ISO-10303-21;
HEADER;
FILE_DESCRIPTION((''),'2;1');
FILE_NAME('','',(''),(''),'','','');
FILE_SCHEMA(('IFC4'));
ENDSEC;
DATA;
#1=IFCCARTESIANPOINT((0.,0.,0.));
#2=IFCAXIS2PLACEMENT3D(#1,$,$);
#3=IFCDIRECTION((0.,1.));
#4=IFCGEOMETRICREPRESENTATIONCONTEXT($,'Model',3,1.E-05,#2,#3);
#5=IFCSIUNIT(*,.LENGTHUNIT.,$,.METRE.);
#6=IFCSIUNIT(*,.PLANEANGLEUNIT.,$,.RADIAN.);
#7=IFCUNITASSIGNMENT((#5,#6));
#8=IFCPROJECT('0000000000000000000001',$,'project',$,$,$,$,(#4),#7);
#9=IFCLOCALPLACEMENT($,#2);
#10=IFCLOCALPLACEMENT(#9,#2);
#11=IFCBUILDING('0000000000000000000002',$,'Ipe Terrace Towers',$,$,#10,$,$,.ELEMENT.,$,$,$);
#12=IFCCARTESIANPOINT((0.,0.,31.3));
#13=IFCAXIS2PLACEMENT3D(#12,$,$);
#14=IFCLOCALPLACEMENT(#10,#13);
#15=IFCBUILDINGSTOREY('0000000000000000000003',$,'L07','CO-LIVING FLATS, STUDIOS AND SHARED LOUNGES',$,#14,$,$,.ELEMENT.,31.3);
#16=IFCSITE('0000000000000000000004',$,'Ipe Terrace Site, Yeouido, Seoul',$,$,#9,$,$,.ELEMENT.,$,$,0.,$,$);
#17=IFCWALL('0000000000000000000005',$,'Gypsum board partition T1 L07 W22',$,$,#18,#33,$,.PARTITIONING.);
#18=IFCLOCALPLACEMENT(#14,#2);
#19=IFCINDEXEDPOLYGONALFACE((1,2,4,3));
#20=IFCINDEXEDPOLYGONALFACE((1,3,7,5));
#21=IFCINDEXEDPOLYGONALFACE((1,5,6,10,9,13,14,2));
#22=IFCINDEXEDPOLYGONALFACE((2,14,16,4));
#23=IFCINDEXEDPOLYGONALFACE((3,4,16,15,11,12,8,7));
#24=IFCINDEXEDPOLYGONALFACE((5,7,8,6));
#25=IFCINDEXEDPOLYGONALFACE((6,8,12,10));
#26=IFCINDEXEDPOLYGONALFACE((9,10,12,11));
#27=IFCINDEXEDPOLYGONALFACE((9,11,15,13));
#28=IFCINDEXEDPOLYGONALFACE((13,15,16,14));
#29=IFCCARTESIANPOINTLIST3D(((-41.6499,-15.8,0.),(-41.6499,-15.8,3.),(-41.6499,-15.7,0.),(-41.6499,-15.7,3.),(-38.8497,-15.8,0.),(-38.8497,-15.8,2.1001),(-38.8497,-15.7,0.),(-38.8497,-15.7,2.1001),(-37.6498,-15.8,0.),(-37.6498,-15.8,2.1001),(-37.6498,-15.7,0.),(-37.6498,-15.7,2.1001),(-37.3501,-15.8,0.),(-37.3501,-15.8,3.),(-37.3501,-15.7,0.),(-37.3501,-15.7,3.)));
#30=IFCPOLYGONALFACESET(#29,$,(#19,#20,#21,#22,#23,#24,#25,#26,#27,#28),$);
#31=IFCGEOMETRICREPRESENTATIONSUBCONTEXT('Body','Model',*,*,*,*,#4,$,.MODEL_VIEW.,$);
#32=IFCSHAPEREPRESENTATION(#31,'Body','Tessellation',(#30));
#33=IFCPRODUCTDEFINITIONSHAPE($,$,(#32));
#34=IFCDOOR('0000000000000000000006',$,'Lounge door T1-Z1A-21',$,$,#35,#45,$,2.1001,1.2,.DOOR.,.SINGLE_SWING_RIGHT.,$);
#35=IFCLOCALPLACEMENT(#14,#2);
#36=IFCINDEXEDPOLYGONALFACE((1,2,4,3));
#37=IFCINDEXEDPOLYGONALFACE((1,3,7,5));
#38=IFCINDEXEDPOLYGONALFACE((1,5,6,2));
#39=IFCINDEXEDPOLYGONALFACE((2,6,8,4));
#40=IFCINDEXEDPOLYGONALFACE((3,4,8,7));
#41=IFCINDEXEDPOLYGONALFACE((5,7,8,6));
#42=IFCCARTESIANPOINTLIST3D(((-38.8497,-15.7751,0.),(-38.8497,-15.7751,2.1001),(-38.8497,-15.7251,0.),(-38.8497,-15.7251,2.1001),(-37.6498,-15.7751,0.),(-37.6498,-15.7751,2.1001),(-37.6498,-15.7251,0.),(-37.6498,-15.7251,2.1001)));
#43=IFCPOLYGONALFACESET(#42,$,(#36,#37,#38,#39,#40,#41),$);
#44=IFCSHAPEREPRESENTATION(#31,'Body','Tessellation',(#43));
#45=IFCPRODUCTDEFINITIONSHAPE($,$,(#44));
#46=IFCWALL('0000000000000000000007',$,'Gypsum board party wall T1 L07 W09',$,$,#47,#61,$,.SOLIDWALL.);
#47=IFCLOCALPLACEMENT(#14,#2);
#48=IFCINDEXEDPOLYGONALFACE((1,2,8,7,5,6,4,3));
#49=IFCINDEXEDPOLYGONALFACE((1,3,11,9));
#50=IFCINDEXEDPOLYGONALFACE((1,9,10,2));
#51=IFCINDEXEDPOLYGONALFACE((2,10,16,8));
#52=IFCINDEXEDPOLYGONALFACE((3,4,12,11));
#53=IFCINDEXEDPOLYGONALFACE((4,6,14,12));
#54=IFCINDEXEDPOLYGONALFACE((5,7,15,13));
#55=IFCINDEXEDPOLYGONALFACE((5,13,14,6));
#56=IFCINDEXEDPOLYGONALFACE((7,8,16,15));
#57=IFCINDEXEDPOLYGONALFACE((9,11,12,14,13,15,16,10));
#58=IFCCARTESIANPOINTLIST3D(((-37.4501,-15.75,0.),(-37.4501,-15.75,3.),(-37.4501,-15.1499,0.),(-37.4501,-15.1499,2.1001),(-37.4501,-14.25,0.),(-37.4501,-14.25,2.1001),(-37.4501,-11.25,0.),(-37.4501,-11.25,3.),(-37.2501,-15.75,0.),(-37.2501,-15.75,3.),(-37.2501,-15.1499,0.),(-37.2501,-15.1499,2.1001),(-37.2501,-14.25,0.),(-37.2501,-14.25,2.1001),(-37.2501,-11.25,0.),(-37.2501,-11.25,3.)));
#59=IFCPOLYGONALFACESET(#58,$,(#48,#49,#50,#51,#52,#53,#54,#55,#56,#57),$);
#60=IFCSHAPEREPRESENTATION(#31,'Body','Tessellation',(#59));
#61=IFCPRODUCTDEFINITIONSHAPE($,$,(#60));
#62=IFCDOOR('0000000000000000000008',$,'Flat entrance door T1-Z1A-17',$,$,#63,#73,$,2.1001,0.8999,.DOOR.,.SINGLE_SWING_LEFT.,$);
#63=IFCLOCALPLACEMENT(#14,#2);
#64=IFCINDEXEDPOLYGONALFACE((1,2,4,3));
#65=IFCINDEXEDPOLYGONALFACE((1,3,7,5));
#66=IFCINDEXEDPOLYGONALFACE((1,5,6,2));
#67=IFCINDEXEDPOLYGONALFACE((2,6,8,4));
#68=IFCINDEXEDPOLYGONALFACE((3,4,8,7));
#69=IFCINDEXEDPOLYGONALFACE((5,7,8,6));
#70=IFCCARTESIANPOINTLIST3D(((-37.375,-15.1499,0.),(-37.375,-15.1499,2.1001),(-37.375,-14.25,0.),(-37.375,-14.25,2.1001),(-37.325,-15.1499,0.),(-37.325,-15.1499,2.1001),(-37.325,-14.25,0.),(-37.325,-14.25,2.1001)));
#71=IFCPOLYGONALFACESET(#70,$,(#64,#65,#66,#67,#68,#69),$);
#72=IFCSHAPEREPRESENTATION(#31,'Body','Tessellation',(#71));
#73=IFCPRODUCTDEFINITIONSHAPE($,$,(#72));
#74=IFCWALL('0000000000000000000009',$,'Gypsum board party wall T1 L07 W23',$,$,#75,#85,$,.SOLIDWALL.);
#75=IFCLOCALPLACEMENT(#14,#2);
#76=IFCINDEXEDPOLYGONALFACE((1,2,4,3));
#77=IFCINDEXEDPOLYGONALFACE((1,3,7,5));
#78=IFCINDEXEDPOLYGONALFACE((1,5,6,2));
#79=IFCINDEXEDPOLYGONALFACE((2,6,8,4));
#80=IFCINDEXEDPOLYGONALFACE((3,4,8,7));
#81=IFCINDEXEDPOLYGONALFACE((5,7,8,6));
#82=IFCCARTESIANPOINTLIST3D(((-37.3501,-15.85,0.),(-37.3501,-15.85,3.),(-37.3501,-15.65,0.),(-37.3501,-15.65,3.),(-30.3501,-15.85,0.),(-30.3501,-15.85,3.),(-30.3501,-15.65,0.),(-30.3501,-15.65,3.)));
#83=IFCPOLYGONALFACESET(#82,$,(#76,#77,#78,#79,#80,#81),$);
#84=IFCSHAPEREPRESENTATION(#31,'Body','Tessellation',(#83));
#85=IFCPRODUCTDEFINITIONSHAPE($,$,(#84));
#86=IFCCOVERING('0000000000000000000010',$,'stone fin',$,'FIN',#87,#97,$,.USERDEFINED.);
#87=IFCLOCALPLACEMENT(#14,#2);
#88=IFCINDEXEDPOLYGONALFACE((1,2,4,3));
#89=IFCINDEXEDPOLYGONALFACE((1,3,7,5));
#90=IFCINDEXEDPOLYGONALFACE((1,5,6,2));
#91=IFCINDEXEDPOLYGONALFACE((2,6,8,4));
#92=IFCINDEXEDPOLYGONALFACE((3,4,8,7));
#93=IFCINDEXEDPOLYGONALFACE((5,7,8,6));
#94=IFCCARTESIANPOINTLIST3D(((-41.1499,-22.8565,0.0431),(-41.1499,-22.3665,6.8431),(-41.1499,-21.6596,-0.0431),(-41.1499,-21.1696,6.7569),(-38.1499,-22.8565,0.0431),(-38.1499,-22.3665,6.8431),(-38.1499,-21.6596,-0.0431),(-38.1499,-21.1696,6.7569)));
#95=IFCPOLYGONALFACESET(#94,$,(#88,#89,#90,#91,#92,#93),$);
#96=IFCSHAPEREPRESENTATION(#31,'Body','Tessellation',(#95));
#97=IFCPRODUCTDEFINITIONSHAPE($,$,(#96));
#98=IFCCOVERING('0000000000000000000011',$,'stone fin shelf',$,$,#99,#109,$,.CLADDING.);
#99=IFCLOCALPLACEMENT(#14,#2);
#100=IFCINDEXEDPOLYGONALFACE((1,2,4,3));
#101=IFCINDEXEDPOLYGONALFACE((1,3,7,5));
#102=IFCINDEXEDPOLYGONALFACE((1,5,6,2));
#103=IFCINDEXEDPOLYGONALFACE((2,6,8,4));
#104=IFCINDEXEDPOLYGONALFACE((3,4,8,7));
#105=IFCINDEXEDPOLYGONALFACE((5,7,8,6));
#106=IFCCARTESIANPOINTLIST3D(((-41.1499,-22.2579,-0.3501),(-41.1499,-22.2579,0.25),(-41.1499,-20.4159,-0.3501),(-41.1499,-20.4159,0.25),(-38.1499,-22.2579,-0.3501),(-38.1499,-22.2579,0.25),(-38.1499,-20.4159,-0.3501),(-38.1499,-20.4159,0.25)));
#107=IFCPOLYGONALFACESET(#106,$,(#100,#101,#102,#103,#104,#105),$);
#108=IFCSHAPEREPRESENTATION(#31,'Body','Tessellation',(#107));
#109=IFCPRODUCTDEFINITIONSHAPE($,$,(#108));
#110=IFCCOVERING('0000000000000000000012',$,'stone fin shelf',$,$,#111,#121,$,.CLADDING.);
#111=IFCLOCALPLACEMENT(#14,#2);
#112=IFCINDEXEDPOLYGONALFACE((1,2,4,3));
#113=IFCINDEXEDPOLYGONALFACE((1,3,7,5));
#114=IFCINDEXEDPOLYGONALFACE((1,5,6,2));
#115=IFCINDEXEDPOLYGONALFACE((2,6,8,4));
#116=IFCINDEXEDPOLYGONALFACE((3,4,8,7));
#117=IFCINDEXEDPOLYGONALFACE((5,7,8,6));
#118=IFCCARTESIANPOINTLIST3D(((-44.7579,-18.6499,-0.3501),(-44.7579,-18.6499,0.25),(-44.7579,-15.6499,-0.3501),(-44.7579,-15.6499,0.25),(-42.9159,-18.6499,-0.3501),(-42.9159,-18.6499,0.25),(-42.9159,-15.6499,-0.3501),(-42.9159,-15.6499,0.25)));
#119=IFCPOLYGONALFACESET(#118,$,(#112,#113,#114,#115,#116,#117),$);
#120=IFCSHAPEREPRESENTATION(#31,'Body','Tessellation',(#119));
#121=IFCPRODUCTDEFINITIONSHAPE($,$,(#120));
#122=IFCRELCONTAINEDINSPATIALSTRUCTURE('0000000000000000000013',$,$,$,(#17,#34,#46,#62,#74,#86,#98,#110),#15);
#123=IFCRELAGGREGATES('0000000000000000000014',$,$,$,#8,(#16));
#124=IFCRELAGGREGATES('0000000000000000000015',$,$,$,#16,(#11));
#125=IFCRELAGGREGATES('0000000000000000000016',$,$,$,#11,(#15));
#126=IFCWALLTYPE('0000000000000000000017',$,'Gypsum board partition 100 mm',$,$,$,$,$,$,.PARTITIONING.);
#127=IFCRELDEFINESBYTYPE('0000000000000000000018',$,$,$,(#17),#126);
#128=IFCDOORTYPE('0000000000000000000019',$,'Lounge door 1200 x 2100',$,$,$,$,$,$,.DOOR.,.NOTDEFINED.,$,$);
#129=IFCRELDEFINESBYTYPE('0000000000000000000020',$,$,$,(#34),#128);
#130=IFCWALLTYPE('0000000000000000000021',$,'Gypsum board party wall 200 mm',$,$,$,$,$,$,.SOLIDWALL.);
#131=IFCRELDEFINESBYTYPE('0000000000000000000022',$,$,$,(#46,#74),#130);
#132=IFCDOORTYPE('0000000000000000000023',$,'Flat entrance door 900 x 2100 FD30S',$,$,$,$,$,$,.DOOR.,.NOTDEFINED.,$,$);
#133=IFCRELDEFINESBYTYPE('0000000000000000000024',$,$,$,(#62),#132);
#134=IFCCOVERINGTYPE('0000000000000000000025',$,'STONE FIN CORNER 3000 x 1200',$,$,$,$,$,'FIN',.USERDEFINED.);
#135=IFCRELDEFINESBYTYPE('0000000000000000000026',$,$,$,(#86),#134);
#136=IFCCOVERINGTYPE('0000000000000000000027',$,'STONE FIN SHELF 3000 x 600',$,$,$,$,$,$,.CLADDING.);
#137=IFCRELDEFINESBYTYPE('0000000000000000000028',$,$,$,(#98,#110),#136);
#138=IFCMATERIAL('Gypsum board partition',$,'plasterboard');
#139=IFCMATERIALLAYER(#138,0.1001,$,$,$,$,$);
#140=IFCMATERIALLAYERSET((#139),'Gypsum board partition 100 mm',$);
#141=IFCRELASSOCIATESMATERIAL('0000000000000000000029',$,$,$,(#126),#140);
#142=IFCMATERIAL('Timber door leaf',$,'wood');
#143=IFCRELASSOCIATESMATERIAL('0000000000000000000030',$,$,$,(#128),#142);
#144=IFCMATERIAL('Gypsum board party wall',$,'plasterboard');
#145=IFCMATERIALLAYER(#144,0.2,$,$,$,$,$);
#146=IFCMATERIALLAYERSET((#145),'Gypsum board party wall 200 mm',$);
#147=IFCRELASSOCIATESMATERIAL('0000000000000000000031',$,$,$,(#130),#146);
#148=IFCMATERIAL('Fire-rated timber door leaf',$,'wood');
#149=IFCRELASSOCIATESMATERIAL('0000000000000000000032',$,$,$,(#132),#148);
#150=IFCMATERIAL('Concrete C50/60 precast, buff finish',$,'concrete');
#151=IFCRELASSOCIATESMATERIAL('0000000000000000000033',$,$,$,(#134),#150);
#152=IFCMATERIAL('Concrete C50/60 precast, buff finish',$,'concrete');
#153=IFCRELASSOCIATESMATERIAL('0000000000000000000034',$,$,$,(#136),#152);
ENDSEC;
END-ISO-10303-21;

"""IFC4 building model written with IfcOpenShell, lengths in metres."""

from ifc_helpers import new_model, si_unit, direction, frame, frame_2d, origin, origin_2d, place, context, subcontext, project, spatial, rectangle, extrude, material, layer, layer_set, material_profile, profile_set, type_object, element, fill, save


model = new_model("IFC4")

# Units and contexts
model_context = context("Model", 3, precision=1e-05, world=origin(), true_north=direction((0.0, 1.0)))
body_context = subcontext(model_context, "Body", "Model", "MODEL_VIEW")
ifc_project = project(units=[si_unit("LENGTHUNIT", "METRE"), si_unit("PLANEANGLEUNIT", "RADIAN")], contexts=[model_context])

# Site, building, storey
site_placement = place(None, origin())
site = spatial("IfcSite", under=ifc_project, at=site_placement, Name="Ipe Terrace Site, Yeouido, Seoul", CompositionType="ELEMENT", RefElevation=0.0)
building_placement = place(site_placement, origin())
building = spatial("IfcBuilding", under=site, at=building_placement, Name="Ipe Terrace Towers", CompositionType="ELEMENT")
storey_placement = place(building_placement, frame((0.0, 0.0, 31.3)))
storey = spatial("IfcBuildingStorey", under=building, at=storey_placement, Name="L07", Description="CO-LIVING FLATS, STUDIOS AND SHARED LOUNGES", CompositionType="ELEMENT", Elevation=31.3)

# Shared definitions
ifc_material_1 = material(Name="Gypsum board partition", Category="plasterboard")
ifc_layer_1 = layer(ifc_material_1, 0.1001)
ifc_layer_set_1 = layer_set([ifc_layer_1], Name="Gypsum board partition 100 mm")
wall_type_1 = type_object("IfcWallType", Name="Gypsum board partition 100 mm", PredefinedType="PARTITIONING", material=ifc_layer_set_1)

# Walls, openings, doors
wall_1_placement = place(storey_placement, frame((-41.6499, -15.75, 0.0), z_axis=(0.0, 0.0, 1.0), x_axis=(1.0, 0.0, 0.0)))
wall_1 = element("IfcWall", 1, at=wall_1_placement, inside=storey, type_object=wall_type_1, Name="Gypsum board partition T1 L07 W22", PredefinedType="PARTITIONING", context=body_context, shape_type="SweptSolid", body=[
    extrude(rectangle(XDim=4.2998, YDim=0.1001, at=frame_2d((2.1499, 0.0))), origin(), (0.0, 0.0, 1.0), 3.0),
])
opening_1_placement = place(wall_1_placement, frame((2.8, 0.0, 0.0)))
opening_1 = element("IfcOpeningElement", 2, at=opening_1_placement, cuts=wall_1, PredefinedType="OPENING", context=body_context, shape_type="SweptSolid", body=[
    extrude(rectangle(XDim=1.2, YDim=2.1001, at=frame_2d((0.6001, 1.05))), frame((0.0, 0.0601, 0.0), z_axis=(0.0, -1.0, 0.0), x_axis=(1.0, 0.0, 0.0)), (0.0, 0.0, 1.0), 0.1201),
])
ifc_material_2 = material(Name="Timber door leaf", Category="wood")
door_type_1 = type_object("IfcDoorType", Name="Lounge door 1200 x 2100", OperationType="NOTDEFINED", PredefinedType="DOOR", material=ifc_material_2)
door_1_placement = place(opening_1_placement, origin())
door_1 = element("IfcDoor", 3, at=door_1_placement, inside=storey, type_object=door_type_1, Name="Lounge door T1-Z1A-21", OperationType="SINGLE_SWING_RIGHT", OverallHeight=2.1001, OverallWidth=1.2, PredefinedType="DOOR", context=body_context, shape_type="SweptSolid", body=[
    extrude(rectangle(XDim=1.2, YDim=2.1001, at=frame_2d((0.6001, 1.05))), frame((0.0, 0.0249, 0.0), z_axis=(0.0, -1.0, 0.0), x_axis=(1.0, 0.0, 0.0)), (0.0, 0.0, 1.0), 0.05),
])
fill(opening_1, door_1)
ifc_material_3 = material(Name="Gypsum board party wall", Category="plasterboard")
ifc_layer_2 = layer(ifc_material_3, 0.2)
ifc_layer_set_2 = layer_set([ifc_layer_2], Name="Gypsum board party wall 200 mm")
wall_type_2 = type_object("IfcWallType", Name="Gypsum board party wall 200 mm", PredefinedType="SOLIDWALL", material=ifc_layer_set_2)
wall_2_placement = place(storey_placement, frame((-37.3501, -15.75, 0.0), z_axis=(0.0, 0.0, 1.0), x_axis=(0.0, 1.0, 0.0)))
wall_2 = element("IfcWall", 4, at=wall_2_placement, inside=storey, type_object=wall_type_2, Name="Gypsum board party wall T1 L07 W09", PredefinedType="SOLIDWALL", context=body_context, shape_type="SweptSolid", body=[
    extrude(rectangle(XDim=4.5, YDim=0.2, at=frame_2d((2.25, 0.0))), origin(), (0.0, 0.0, 1.0), 3.0),
])
opening_2_placement = place(wall_2_placement, frame((0.6001, 0.0, 0.0)))
opening_2 = element("IfcOpeningElement", 5, at=opening_2_placement, cuts=wall_2, PredefinedType="OPENING", context=body_context, shape_type="SweptSolid", body=[
    extrude(rectangle(XDim=0.8999, YDim=2.1001, at=frame_2d((0.45, 1.05))), frame((0.0, 0.1099, 0.0), z_axis=(0.0, -1.0, 0.0), x_axis=(1.0, 0.0, 0.0)), (0.0, 0.0, 1.0), 0.22),
])
ifc_material_4 = material(Name="Fire-rated timber door leaf", Category="wood")
door_type_2 = type_object("IfcDoorType", Name="Flat entrance door 900 x 2100 FD30S", OperationType="NOTDEFINED", PredefinedType="DOOR", material=ifc_material_4)
door_2_placement = place(opening_2_placement, origin())
door_2 = element("IfcDoor", 6, at=door_2_placement, inside=storey, type_object=door_type_2, Name="Flat entrance door T1-Z1A-17", OperationType="SINGLE_SWING_LEFT", OverallHeight=2.1001, OverallWidth=0.8999, PredefinedType="DOOR", context=body_context, shape_type="SweptSolid", body=[
    extrude(rectangle(XDim=0.8999, YDim=2.1001, at=frame_2d((0.45, 1.05))), frame((0.0, 0.0249, 0.0), z_axis=(0.0, -1.0, 0.0), x_axis=(1.0, 0.0, 0.0)), (0.0, 0.0, 1.0), 0.05),
])
fill(opening_2, door_2)

# Wall
wall_3_placement = place(storey_placement, frame((-37.3501, -15.75, 0.0), z_axis=(0.0, 0.0, 1.0), x_axis=(1.0, 0.0, 0.0)))
element("IfcWall", 7, at=wall_3_placement, inside=storey, type_object=wall_type_2, Name="Gypsum board party wall T1 L07 W23", PredefinedType="SOLIDWALL", context=body_context, shape_type="SweptSolid", body=[
    extrude(rectangle(XDim=7.0, YDim=0.2, at=frame_2d((3.5, 0.0))), origin(), (0.0, 0.0, 1.0), 3.0),
])

# Coverings
ifc_material_5 = material(Name="Concrete C50/60 precast, buff finish", Category="concrete")
ifc_material_profile_1 = material_profile(ifc_material_5, rectangle(XDim=3.0, YDim=1.2, at=origin_2d()), Name="STONE FIN CORNER 3000 x 1200")
ifc_profile_set_1 = profile_set([ifc_material_profile_1], Name="Concrete C50/60 precast, buff finish")
covering_type_1 = type_object("IfcCoveringType", Name="STONE FIN CORNER 3000 x 1200", ElementType="FIN", PredefinedType="USERDEFINED", material=ifc_profile_set_1)
covering_placement = place(storey_placement, frame((-39.6499, -22.2581, 0.0), z_axis=(0.0, 0.071871, 0.997414), x_axis=(1.0, 0.0, 0.0)))
element("IfcCovering", 8, at=covering_placement, inside=storey, type_object=covering_type_1, Name="stone fin", ObjectType="FIN", PredefinedType="USERDEFINED", context=body_context, shape_type="SweptSolid", body=[
    extrude(rectangle(XDim=3.0, YDim=1.2, at=origin_2d()), origin(), (0.0, 0.0, 1.0), 6.8176),
])
ifc_material_6 = material(Name="Concrete C50/60 precast, buff finish", Category="concrete")
covering_type_2 = type_object("IfcCoveringType", Name="STONE FIN SHELF 3000 x 600", PredefinedType="CLADDING", material=ifc_material_6)
for number, where, z_axis, x_axis, name in (
    (9, (-39.6499, -21.3369, -0.3501), (0.0, 0.0, 1.0), (1.0, 0.0, 0.0), "stone fin shelf"),
    (10, (-43.8369, -17.1499, -0.3501), (0.0, 0.0, 1.0), (0.0, -1.0, 0.0), "stone fin shelf"),
):
    element("IfcCovering", number, at=place(storey_placement, frame(where, z_axis=z_axis, x_axis=x_axis)), inside=storey, type_object=covering_type_2, Name=name, PredefinedType="CLADDING", context=body_context, shape_type="SweptSolid", body=[
        extrude(rectangle(XDim=3.0, YDim=1.842, at=origin_2d()), origin(), (0.0, 0.0, 1.0), 0.6001),
    ])

save(model, "model.ifc")
